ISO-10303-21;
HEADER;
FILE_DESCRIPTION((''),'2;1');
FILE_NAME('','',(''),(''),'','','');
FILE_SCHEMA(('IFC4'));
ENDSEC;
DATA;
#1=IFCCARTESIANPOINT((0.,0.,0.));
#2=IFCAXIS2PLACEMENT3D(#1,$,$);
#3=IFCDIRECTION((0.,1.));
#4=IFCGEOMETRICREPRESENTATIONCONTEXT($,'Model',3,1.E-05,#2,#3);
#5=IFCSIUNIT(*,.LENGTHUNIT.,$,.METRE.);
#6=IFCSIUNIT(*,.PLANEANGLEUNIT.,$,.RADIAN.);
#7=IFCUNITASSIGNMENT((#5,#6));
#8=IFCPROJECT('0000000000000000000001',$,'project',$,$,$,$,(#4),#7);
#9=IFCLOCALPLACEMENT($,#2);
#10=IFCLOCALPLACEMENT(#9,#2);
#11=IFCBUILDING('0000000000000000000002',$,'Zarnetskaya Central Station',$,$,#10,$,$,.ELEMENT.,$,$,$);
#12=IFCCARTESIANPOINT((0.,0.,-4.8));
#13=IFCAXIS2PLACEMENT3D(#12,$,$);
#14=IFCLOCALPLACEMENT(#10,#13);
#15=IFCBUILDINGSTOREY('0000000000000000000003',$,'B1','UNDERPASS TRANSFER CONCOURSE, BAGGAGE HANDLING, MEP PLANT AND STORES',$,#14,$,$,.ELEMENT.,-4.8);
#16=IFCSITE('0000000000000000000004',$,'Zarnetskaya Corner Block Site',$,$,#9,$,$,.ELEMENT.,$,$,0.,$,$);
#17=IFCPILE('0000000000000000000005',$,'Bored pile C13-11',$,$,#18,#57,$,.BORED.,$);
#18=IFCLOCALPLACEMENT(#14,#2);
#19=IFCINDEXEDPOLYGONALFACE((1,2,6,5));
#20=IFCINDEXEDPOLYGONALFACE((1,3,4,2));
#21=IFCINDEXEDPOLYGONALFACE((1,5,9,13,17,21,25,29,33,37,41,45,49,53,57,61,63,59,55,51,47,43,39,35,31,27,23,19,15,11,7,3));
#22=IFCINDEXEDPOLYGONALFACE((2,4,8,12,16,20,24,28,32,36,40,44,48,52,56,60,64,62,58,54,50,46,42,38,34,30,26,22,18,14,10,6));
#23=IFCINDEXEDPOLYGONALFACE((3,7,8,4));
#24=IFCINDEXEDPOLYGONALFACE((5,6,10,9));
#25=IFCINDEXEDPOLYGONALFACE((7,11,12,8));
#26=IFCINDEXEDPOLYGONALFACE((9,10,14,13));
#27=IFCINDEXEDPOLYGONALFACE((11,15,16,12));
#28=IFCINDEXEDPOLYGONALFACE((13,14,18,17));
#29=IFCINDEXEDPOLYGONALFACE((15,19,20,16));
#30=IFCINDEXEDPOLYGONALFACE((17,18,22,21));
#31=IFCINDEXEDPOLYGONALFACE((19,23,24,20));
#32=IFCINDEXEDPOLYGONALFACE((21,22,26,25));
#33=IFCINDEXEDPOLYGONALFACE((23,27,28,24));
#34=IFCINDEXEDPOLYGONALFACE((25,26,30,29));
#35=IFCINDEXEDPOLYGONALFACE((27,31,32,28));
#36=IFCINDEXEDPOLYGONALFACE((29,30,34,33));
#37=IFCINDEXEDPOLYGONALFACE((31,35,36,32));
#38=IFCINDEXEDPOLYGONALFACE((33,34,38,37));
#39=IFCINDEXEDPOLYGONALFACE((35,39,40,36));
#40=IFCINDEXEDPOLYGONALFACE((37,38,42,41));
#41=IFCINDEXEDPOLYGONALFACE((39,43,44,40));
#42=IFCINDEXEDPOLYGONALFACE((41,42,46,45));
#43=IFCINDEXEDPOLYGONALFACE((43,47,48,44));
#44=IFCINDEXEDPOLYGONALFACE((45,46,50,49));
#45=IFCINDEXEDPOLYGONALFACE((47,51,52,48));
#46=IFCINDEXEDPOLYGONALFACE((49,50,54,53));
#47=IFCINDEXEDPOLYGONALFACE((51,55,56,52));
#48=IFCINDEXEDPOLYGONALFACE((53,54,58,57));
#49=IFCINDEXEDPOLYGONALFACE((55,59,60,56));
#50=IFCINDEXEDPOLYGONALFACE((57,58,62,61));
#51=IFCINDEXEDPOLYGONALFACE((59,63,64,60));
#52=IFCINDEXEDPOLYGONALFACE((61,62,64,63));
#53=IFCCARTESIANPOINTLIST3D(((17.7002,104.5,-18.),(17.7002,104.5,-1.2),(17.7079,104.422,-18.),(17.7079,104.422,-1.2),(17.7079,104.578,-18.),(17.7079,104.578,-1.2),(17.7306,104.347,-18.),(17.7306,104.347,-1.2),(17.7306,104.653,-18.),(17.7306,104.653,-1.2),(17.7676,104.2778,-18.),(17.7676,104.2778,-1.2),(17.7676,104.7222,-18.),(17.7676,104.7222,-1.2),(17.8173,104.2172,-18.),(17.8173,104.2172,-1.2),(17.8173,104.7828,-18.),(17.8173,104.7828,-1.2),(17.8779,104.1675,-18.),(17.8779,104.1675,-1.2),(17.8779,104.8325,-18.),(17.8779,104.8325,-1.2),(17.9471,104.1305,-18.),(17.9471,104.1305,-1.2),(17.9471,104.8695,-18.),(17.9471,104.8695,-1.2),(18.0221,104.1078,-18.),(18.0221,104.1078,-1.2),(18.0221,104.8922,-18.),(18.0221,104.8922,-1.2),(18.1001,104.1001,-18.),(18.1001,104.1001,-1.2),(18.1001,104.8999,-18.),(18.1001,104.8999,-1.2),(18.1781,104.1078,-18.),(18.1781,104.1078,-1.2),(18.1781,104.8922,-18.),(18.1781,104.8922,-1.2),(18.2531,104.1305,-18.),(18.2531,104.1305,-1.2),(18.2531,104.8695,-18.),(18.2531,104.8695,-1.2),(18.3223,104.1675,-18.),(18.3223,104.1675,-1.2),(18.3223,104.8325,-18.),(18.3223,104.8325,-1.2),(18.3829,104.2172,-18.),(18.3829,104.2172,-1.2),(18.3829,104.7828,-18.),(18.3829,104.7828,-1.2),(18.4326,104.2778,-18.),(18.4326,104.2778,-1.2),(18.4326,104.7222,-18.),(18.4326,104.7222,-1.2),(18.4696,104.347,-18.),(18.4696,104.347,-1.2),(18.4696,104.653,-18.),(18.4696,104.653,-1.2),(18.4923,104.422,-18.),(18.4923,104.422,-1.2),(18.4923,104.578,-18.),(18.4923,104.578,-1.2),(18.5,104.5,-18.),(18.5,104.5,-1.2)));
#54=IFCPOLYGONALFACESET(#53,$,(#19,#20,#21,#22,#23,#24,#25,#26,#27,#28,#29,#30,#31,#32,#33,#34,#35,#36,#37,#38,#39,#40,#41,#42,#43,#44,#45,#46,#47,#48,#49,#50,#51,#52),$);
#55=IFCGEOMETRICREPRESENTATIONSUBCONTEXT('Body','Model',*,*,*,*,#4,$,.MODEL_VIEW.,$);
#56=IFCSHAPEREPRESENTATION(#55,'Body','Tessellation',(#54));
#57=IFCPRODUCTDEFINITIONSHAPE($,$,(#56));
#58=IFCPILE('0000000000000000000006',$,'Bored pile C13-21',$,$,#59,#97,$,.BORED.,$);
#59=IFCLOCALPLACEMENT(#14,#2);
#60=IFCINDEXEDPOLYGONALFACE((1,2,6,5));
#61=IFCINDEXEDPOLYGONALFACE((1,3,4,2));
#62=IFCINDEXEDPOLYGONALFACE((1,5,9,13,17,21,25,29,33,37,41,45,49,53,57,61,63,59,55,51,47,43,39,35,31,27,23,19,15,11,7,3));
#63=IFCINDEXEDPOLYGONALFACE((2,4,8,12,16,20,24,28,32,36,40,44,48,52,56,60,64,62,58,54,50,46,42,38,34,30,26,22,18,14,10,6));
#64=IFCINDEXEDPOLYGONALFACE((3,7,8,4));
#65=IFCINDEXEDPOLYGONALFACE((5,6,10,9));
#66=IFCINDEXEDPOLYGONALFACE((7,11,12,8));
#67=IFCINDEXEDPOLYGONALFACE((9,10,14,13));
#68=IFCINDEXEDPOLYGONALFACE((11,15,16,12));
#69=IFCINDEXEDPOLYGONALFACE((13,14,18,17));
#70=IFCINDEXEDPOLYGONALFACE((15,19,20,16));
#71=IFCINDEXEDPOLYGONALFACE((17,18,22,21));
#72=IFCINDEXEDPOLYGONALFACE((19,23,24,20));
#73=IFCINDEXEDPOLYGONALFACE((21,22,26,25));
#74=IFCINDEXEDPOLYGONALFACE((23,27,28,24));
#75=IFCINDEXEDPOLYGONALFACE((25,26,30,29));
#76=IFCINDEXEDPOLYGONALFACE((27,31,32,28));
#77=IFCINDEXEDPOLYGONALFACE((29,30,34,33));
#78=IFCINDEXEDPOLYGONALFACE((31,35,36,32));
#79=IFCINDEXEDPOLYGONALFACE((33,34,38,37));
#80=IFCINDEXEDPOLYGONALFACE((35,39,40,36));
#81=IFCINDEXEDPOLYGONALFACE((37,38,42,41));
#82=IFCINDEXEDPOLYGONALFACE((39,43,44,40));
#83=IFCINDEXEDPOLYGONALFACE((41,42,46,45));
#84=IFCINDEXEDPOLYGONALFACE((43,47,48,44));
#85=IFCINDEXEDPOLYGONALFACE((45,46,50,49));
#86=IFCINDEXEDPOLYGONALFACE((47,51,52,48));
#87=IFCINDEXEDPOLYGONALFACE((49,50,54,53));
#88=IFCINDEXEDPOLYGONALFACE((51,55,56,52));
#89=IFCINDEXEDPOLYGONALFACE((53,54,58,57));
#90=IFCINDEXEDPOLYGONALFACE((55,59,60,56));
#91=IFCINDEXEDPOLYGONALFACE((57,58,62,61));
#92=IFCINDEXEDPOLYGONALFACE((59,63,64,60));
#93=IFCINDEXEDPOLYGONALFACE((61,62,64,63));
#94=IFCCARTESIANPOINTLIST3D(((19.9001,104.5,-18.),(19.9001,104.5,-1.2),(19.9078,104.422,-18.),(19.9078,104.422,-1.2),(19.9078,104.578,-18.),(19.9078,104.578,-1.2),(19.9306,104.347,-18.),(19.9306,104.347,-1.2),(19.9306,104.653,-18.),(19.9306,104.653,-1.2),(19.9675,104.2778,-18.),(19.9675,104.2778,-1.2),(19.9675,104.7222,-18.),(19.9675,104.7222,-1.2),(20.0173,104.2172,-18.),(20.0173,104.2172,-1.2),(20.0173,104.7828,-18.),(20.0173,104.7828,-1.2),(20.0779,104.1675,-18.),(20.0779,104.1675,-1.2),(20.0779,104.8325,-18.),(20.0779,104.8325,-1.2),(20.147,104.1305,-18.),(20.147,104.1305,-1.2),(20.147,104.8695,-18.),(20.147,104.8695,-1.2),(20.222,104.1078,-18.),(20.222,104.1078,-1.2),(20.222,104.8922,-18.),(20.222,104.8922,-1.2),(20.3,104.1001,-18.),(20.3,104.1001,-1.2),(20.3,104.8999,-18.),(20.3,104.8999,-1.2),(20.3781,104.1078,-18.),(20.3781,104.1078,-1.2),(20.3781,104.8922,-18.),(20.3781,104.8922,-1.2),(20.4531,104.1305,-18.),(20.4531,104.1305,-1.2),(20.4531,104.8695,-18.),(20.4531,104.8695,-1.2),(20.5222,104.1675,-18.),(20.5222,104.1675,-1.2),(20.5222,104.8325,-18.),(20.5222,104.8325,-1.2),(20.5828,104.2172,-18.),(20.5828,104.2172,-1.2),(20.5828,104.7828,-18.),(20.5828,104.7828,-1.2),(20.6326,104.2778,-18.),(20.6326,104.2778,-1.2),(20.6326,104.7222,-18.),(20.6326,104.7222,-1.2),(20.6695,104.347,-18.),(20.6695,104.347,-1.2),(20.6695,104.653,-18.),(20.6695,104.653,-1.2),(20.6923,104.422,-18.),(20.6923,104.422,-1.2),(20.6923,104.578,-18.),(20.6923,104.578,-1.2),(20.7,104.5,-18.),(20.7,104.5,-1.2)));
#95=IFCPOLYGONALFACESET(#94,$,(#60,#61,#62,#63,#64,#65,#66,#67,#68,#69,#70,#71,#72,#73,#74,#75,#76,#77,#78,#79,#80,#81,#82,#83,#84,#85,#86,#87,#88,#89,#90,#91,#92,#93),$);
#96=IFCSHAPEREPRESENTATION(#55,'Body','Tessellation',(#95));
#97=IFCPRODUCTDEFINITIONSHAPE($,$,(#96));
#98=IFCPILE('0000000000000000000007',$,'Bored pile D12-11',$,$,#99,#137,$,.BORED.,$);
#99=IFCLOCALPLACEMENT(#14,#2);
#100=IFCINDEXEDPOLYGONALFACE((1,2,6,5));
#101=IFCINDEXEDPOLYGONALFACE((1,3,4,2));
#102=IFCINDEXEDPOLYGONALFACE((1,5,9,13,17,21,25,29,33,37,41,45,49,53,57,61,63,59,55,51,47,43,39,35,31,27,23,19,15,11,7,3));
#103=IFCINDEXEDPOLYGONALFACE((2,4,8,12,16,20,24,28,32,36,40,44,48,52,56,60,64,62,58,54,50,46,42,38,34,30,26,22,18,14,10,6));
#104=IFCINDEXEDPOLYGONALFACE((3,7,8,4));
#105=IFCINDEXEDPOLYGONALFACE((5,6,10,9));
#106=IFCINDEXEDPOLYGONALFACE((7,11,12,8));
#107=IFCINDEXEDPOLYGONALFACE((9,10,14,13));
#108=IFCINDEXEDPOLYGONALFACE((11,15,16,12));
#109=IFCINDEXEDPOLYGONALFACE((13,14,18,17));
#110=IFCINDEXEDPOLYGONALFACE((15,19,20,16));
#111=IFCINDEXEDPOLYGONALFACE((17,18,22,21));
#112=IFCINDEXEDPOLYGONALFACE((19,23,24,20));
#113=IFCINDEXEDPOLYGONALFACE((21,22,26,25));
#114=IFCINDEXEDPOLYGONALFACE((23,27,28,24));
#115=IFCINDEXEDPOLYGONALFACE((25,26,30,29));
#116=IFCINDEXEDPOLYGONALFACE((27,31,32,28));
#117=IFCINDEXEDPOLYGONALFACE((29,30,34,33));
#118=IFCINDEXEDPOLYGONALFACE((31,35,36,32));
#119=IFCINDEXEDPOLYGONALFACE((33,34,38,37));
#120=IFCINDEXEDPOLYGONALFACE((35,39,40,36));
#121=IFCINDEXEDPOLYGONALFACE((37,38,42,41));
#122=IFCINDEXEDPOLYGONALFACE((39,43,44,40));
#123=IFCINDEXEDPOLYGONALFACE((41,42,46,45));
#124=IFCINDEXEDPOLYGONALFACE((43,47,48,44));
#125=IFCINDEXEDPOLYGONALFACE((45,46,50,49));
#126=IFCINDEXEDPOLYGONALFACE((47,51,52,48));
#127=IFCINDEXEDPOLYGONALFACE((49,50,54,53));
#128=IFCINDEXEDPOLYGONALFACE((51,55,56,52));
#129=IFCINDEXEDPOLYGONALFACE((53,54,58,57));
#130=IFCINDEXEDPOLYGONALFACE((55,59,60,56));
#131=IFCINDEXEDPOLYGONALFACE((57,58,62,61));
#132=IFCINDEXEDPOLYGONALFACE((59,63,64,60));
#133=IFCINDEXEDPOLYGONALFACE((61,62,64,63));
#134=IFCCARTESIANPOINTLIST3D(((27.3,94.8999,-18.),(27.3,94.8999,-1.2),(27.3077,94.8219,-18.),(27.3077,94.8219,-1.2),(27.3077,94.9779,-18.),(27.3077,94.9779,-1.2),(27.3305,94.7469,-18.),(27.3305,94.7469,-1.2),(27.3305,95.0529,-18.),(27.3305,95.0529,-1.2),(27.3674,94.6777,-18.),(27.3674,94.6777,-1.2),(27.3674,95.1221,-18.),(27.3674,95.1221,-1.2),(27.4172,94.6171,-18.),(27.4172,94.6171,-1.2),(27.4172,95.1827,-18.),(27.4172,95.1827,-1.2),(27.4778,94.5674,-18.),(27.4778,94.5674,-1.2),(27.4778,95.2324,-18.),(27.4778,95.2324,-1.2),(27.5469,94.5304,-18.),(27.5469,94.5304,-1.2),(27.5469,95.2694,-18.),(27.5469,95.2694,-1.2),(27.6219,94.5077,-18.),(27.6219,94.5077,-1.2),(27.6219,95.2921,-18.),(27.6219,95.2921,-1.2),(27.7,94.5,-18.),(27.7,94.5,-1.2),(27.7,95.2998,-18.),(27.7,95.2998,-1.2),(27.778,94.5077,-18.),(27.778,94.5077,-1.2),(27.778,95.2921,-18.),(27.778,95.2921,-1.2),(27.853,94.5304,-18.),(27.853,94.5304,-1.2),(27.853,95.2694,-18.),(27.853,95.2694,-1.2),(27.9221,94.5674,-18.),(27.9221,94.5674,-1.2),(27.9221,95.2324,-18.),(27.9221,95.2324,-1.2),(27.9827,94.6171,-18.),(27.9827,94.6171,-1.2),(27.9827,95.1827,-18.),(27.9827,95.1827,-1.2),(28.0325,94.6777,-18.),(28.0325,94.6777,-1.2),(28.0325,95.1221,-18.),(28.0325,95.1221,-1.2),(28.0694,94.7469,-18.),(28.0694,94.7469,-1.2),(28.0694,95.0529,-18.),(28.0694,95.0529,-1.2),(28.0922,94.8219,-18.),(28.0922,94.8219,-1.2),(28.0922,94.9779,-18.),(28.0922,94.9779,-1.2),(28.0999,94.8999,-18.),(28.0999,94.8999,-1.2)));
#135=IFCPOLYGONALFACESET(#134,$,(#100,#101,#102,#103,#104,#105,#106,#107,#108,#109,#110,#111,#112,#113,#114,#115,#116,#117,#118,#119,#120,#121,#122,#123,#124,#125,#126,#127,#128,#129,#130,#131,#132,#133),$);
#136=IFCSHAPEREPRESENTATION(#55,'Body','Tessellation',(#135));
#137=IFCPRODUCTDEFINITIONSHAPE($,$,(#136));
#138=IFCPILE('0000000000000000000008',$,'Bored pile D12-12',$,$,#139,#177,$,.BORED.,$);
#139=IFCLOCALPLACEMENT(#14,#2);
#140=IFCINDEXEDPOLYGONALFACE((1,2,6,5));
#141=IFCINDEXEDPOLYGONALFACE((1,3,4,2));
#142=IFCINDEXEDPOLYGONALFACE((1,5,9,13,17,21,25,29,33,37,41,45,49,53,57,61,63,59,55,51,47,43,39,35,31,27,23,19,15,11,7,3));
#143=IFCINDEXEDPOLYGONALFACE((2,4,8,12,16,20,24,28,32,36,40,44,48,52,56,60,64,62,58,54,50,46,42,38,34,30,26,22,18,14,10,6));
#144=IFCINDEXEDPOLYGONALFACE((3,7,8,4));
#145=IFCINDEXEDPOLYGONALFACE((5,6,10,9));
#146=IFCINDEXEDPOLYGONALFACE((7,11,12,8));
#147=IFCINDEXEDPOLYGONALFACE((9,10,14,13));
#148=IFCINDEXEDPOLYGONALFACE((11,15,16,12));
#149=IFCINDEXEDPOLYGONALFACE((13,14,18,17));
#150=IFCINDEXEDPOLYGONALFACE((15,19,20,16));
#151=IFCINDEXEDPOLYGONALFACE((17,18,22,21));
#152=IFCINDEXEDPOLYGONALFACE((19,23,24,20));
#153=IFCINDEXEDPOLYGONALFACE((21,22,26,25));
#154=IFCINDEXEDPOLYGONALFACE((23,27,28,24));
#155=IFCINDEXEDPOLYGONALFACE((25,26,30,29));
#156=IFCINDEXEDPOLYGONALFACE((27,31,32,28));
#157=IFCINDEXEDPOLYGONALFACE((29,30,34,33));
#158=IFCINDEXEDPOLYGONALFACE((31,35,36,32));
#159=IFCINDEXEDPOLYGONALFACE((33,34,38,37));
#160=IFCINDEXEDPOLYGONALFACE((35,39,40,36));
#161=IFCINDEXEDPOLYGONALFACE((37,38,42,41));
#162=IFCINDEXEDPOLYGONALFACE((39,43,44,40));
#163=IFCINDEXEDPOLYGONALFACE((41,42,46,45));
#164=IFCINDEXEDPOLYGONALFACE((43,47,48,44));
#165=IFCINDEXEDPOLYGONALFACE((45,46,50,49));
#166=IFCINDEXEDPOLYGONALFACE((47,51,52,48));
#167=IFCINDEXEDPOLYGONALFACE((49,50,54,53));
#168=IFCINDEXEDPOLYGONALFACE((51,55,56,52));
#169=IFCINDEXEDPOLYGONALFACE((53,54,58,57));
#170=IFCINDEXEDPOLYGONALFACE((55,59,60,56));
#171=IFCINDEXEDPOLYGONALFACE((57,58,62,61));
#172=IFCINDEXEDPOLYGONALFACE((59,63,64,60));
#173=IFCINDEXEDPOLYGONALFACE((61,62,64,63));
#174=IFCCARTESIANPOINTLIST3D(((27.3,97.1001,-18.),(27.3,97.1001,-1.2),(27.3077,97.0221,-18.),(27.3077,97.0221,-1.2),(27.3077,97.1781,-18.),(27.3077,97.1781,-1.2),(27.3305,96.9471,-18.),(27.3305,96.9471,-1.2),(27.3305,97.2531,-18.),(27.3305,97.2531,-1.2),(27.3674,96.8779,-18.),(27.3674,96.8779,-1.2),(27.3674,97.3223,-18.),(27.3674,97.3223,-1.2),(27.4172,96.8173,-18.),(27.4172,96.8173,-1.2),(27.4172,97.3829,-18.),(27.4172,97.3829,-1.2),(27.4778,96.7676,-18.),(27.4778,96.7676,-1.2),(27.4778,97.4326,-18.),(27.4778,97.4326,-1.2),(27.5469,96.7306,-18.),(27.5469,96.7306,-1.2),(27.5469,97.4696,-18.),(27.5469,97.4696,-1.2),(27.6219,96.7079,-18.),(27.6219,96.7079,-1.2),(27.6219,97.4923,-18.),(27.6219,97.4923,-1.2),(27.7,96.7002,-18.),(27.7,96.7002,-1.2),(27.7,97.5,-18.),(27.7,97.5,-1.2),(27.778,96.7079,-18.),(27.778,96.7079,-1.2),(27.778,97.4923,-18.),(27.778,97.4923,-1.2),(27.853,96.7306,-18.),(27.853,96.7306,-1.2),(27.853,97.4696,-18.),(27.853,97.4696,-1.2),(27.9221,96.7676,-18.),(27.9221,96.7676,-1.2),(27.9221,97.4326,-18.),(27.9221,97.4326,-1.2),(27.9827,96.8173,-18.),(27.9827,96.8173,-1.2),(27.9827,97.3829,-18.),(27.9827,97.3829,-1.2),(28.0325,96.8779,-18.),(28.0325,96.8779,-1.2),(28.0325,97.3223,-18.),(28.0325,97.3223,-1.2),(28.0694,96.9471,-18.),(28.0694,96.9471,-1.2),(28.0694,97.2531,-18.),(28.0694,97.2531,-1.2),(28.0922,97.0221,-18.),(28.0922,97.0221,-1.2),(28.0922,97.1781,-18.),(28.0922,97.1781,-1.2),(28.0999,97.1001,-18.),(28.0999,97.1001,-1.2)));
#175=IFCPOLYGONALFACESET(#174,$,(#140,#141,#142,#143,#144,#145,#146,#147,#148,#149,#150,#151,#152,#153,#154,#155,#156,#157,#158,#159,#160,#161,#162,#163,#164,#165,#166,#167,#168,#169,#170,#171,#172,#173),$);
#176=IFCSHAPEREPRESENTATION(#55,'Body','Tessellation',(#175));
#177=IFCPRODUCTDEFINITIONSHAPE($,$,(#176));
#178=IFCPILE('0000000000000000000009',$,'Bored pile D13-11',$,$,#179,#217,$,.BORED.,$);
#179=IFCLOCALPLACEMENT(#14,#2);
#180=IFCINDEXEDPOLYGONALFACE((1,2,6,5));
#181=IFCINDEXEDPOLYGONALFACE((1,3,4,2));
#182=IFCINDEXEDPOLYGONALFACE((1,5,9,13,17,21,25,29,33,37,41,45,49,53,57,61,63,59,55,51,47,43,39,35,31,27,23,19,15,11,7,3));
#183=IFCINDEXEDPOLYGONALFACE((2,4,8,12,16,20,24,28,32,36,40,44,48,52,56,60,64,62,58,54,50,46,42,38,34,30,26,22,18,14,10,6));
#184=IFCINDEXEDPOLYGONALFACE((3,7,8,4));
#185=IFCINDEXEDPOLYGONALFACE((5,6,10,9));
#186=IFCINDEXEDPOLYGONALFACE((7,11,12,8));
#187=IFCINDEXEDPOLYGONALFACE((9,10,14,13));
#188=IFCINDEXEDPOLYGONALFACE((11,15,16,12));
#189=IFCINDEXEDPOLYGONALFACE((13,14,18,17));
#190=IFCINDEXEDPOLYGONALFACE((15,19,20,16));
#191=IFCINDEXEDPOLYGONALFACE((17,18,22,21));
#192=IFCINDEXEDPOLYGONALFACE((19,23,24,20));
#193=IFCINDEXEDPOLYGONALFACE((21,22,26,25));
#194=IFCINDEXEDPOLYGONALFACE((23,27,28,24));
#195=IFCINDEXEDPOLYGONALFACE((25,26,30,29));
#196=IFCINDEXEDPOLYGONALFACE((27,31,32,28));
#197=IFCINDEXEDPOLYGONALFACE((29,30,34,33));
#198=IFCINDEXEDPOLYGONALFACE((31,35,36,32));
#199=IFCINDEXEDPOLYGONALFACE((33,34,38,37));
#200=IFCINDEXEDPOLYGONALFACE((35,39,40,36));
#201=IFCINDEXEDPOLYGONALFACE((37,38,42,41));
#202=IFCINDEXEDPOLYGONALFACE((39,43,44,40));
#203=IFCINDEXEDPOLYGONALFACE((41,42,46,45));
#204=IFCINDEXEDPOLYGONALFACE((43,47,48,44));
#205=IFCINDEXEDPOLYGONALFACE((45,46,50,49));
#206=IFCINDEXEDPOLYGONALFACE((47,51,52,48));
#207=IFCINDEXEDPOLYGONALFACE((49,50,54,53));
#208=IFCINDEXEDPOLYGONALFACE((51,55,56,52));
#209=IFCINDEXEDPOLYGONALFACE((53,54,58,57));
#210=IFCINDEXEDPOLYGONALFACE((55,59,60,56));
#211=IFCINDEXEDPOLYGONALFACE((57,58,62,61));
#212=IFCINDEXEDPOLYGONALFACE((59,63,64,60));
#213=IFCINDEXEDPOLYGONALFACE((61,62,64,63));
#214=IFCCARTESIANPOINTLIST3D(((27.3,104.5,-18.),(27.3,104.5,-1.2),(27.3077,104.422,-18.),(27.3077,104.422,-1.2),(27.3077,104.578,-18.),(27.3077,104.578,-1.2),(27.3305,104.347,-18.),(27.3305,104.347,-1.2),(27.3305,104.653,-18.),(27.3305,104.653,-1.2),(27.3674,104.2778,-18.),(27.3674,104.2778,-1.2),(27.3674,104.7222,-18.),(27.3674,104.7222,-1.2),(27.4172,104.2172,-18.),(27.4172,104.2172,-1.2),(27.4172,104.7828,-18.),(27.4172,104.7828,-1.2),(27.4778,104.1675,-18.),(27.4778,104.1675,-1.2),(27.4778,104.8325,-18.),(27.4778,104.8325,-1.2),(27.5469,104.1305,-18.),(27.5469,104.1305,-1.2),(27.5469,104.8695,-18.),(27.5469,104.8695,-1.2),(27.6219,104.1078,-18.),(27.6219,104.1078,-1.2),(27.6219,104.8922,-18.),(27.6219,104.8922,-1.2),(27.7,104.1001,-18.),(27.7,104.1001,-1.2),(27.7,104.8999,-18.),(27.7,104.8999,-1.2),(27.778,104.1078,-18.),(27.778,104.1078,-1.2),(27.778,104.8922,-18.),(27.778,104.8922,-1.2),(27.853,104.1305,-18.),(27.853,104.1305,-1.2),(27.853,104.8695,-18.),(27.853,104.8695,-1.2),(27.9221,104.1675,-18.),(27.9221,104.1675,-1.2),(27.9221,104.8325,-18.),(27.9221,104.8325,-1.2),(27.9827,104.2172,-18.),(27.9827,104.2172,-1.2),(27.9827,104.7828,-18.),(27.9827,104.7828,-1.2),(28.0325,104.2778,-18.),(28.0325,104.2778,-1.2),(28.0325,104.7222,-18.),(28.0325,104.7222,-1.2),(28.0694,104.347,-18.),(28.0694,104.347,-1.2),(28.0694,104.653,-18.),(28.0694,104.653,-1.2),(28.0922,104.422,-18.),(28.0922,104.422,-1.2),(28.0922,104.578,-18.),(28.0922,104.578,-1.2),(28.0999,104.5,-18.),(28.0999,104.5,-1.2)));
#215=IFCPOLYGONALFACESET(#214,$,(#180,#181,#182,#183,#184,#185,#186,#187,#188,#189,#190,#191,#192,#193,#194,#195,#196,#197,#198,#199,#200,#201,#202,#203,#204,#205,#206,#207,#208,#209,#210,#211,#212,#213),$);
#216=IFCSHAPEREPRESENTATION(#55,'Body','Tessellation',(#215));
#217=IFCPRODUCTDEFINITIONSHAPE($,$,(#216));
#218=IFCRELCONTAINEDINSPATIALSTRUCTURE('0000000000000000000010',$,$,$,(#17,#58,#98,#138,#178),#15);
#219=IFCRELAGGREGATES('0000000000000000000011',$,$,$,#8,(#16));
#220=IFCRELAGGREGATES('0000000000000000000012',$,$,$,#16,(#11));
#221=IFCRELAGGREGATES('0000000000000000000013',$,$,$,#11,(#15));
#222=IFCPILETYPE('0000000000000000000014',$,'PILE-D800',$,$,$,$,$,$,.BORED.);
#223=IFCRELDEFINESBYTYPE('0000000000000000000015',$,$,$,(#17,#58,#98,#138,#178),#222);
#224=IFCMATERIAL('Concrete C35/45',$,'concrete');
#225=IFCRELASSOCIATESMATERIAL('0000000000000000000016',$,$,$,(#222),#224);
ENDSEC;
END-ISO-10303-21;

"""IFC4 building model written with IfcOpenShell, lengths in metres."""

from ifc_helpers import new_model, si_unit, direction, frame, origin, origin_2d, place, context, subcontext, project, spatial, circle, extrude, material, material_profile, profile_set, type_object, element, save


model = new_model("IFC4")

# Units and contexts
model_context = context("Model", 3, precision=1e-05, world=origin(), true_north=direction((0.0, 1.0)))
body_context = subcontext(model_context, "Body", "Model", "MODEL_VIEW")
ifc_project = project(units=[si_unit("LENGTHUNIT", "METRE"), si_unit("PLANEANGLEUNIT", "RADIAN")], contexts=[model_context])

# Site, building, storey
site_placement = place(None, origin())
site = spatial("IfcSite", under=ifc_project, at=site_placement, Name="Zarnetskaya Corner Block Site", CompositionType="ELEMENT", RefElevation=0.0)
building_placement = place(site_placement, origin())
building = spatial("IfcBuilding", under=site, at=building_placement, Name="Zarnetskaya Central Station", CompositionType="ELEMENT")
storey_placement = place(building_placement, frame((0.0, 0.0, -4.8)))
storey = spatial("IfcBuildingStorey", under=building, at=storey_placement, Name="B1", Description="UNDERPASS TRANSFER CONCOURSE, BAGGAGE HANDLING, MEP PLANT AND STORES", CompositionType="ELEMENT", Elevation=-4.8)

# Shared definitions
ifc_material = material(Name="Concrete C35/45", Category="concrete")

# Piles
ifc_material_profile_1 = material_profile(ifc_material, circle(Radius=0.3999, at=origin_2d()), Name="BORED PILE D800")
ifc_profile_set_1 = profile_set([ifc_material_profile_1], Name="Concrete C35/45")
pile_type = type_object("IfcPileType", Name="PILE-D800", PredefinedType="BORED", material=ifc_profile_set_1)
for number, where, z_axis, x_axis, name in (
    (1, (18.1001, 104.5, -1.2), (0.0, 0.0, -1.0), (1.0, 0.0, 0.0), "Bored pile C13-11"),
    (2, (20.3, 104.5, -1.2), (0.0, 0.0, -1.0), (1.0, 0.0, 0.0), "Bored pile C13-21"),
    (3, (27.7, 94.8999, -1.2), (0.0, 0.0, -1.0), (1.0, 0.0, 0.0), "Bored pile D12-11"),
    (4, (27.7, 97.1001, -1.2), (0.0, 0.0, -1.0), (1.0, 0.0, 0.0), "Bored pile D12-12"),
    (5, (27.7, 104.5, -1.2), (0.0, 0.0, -1.0), (1.0, 0.0, 0.0), "Bored pile D13-11"),
):
    element("IfcPile", number, at=place(storey_placement, frame(where, z_axis=z_axis, x_axis=x_axis)), inside=storey, type_object=pile_type, Name=name, PredefinedType="BORED", context=body_context, shape_type="SweptSolid", body=[
        extrude(circle(Radius=0.3999, at=origin_2d()), origin(), (0.0, 0.0, 1.0), 16.8),
    ])

save(model, "model.ifc")
